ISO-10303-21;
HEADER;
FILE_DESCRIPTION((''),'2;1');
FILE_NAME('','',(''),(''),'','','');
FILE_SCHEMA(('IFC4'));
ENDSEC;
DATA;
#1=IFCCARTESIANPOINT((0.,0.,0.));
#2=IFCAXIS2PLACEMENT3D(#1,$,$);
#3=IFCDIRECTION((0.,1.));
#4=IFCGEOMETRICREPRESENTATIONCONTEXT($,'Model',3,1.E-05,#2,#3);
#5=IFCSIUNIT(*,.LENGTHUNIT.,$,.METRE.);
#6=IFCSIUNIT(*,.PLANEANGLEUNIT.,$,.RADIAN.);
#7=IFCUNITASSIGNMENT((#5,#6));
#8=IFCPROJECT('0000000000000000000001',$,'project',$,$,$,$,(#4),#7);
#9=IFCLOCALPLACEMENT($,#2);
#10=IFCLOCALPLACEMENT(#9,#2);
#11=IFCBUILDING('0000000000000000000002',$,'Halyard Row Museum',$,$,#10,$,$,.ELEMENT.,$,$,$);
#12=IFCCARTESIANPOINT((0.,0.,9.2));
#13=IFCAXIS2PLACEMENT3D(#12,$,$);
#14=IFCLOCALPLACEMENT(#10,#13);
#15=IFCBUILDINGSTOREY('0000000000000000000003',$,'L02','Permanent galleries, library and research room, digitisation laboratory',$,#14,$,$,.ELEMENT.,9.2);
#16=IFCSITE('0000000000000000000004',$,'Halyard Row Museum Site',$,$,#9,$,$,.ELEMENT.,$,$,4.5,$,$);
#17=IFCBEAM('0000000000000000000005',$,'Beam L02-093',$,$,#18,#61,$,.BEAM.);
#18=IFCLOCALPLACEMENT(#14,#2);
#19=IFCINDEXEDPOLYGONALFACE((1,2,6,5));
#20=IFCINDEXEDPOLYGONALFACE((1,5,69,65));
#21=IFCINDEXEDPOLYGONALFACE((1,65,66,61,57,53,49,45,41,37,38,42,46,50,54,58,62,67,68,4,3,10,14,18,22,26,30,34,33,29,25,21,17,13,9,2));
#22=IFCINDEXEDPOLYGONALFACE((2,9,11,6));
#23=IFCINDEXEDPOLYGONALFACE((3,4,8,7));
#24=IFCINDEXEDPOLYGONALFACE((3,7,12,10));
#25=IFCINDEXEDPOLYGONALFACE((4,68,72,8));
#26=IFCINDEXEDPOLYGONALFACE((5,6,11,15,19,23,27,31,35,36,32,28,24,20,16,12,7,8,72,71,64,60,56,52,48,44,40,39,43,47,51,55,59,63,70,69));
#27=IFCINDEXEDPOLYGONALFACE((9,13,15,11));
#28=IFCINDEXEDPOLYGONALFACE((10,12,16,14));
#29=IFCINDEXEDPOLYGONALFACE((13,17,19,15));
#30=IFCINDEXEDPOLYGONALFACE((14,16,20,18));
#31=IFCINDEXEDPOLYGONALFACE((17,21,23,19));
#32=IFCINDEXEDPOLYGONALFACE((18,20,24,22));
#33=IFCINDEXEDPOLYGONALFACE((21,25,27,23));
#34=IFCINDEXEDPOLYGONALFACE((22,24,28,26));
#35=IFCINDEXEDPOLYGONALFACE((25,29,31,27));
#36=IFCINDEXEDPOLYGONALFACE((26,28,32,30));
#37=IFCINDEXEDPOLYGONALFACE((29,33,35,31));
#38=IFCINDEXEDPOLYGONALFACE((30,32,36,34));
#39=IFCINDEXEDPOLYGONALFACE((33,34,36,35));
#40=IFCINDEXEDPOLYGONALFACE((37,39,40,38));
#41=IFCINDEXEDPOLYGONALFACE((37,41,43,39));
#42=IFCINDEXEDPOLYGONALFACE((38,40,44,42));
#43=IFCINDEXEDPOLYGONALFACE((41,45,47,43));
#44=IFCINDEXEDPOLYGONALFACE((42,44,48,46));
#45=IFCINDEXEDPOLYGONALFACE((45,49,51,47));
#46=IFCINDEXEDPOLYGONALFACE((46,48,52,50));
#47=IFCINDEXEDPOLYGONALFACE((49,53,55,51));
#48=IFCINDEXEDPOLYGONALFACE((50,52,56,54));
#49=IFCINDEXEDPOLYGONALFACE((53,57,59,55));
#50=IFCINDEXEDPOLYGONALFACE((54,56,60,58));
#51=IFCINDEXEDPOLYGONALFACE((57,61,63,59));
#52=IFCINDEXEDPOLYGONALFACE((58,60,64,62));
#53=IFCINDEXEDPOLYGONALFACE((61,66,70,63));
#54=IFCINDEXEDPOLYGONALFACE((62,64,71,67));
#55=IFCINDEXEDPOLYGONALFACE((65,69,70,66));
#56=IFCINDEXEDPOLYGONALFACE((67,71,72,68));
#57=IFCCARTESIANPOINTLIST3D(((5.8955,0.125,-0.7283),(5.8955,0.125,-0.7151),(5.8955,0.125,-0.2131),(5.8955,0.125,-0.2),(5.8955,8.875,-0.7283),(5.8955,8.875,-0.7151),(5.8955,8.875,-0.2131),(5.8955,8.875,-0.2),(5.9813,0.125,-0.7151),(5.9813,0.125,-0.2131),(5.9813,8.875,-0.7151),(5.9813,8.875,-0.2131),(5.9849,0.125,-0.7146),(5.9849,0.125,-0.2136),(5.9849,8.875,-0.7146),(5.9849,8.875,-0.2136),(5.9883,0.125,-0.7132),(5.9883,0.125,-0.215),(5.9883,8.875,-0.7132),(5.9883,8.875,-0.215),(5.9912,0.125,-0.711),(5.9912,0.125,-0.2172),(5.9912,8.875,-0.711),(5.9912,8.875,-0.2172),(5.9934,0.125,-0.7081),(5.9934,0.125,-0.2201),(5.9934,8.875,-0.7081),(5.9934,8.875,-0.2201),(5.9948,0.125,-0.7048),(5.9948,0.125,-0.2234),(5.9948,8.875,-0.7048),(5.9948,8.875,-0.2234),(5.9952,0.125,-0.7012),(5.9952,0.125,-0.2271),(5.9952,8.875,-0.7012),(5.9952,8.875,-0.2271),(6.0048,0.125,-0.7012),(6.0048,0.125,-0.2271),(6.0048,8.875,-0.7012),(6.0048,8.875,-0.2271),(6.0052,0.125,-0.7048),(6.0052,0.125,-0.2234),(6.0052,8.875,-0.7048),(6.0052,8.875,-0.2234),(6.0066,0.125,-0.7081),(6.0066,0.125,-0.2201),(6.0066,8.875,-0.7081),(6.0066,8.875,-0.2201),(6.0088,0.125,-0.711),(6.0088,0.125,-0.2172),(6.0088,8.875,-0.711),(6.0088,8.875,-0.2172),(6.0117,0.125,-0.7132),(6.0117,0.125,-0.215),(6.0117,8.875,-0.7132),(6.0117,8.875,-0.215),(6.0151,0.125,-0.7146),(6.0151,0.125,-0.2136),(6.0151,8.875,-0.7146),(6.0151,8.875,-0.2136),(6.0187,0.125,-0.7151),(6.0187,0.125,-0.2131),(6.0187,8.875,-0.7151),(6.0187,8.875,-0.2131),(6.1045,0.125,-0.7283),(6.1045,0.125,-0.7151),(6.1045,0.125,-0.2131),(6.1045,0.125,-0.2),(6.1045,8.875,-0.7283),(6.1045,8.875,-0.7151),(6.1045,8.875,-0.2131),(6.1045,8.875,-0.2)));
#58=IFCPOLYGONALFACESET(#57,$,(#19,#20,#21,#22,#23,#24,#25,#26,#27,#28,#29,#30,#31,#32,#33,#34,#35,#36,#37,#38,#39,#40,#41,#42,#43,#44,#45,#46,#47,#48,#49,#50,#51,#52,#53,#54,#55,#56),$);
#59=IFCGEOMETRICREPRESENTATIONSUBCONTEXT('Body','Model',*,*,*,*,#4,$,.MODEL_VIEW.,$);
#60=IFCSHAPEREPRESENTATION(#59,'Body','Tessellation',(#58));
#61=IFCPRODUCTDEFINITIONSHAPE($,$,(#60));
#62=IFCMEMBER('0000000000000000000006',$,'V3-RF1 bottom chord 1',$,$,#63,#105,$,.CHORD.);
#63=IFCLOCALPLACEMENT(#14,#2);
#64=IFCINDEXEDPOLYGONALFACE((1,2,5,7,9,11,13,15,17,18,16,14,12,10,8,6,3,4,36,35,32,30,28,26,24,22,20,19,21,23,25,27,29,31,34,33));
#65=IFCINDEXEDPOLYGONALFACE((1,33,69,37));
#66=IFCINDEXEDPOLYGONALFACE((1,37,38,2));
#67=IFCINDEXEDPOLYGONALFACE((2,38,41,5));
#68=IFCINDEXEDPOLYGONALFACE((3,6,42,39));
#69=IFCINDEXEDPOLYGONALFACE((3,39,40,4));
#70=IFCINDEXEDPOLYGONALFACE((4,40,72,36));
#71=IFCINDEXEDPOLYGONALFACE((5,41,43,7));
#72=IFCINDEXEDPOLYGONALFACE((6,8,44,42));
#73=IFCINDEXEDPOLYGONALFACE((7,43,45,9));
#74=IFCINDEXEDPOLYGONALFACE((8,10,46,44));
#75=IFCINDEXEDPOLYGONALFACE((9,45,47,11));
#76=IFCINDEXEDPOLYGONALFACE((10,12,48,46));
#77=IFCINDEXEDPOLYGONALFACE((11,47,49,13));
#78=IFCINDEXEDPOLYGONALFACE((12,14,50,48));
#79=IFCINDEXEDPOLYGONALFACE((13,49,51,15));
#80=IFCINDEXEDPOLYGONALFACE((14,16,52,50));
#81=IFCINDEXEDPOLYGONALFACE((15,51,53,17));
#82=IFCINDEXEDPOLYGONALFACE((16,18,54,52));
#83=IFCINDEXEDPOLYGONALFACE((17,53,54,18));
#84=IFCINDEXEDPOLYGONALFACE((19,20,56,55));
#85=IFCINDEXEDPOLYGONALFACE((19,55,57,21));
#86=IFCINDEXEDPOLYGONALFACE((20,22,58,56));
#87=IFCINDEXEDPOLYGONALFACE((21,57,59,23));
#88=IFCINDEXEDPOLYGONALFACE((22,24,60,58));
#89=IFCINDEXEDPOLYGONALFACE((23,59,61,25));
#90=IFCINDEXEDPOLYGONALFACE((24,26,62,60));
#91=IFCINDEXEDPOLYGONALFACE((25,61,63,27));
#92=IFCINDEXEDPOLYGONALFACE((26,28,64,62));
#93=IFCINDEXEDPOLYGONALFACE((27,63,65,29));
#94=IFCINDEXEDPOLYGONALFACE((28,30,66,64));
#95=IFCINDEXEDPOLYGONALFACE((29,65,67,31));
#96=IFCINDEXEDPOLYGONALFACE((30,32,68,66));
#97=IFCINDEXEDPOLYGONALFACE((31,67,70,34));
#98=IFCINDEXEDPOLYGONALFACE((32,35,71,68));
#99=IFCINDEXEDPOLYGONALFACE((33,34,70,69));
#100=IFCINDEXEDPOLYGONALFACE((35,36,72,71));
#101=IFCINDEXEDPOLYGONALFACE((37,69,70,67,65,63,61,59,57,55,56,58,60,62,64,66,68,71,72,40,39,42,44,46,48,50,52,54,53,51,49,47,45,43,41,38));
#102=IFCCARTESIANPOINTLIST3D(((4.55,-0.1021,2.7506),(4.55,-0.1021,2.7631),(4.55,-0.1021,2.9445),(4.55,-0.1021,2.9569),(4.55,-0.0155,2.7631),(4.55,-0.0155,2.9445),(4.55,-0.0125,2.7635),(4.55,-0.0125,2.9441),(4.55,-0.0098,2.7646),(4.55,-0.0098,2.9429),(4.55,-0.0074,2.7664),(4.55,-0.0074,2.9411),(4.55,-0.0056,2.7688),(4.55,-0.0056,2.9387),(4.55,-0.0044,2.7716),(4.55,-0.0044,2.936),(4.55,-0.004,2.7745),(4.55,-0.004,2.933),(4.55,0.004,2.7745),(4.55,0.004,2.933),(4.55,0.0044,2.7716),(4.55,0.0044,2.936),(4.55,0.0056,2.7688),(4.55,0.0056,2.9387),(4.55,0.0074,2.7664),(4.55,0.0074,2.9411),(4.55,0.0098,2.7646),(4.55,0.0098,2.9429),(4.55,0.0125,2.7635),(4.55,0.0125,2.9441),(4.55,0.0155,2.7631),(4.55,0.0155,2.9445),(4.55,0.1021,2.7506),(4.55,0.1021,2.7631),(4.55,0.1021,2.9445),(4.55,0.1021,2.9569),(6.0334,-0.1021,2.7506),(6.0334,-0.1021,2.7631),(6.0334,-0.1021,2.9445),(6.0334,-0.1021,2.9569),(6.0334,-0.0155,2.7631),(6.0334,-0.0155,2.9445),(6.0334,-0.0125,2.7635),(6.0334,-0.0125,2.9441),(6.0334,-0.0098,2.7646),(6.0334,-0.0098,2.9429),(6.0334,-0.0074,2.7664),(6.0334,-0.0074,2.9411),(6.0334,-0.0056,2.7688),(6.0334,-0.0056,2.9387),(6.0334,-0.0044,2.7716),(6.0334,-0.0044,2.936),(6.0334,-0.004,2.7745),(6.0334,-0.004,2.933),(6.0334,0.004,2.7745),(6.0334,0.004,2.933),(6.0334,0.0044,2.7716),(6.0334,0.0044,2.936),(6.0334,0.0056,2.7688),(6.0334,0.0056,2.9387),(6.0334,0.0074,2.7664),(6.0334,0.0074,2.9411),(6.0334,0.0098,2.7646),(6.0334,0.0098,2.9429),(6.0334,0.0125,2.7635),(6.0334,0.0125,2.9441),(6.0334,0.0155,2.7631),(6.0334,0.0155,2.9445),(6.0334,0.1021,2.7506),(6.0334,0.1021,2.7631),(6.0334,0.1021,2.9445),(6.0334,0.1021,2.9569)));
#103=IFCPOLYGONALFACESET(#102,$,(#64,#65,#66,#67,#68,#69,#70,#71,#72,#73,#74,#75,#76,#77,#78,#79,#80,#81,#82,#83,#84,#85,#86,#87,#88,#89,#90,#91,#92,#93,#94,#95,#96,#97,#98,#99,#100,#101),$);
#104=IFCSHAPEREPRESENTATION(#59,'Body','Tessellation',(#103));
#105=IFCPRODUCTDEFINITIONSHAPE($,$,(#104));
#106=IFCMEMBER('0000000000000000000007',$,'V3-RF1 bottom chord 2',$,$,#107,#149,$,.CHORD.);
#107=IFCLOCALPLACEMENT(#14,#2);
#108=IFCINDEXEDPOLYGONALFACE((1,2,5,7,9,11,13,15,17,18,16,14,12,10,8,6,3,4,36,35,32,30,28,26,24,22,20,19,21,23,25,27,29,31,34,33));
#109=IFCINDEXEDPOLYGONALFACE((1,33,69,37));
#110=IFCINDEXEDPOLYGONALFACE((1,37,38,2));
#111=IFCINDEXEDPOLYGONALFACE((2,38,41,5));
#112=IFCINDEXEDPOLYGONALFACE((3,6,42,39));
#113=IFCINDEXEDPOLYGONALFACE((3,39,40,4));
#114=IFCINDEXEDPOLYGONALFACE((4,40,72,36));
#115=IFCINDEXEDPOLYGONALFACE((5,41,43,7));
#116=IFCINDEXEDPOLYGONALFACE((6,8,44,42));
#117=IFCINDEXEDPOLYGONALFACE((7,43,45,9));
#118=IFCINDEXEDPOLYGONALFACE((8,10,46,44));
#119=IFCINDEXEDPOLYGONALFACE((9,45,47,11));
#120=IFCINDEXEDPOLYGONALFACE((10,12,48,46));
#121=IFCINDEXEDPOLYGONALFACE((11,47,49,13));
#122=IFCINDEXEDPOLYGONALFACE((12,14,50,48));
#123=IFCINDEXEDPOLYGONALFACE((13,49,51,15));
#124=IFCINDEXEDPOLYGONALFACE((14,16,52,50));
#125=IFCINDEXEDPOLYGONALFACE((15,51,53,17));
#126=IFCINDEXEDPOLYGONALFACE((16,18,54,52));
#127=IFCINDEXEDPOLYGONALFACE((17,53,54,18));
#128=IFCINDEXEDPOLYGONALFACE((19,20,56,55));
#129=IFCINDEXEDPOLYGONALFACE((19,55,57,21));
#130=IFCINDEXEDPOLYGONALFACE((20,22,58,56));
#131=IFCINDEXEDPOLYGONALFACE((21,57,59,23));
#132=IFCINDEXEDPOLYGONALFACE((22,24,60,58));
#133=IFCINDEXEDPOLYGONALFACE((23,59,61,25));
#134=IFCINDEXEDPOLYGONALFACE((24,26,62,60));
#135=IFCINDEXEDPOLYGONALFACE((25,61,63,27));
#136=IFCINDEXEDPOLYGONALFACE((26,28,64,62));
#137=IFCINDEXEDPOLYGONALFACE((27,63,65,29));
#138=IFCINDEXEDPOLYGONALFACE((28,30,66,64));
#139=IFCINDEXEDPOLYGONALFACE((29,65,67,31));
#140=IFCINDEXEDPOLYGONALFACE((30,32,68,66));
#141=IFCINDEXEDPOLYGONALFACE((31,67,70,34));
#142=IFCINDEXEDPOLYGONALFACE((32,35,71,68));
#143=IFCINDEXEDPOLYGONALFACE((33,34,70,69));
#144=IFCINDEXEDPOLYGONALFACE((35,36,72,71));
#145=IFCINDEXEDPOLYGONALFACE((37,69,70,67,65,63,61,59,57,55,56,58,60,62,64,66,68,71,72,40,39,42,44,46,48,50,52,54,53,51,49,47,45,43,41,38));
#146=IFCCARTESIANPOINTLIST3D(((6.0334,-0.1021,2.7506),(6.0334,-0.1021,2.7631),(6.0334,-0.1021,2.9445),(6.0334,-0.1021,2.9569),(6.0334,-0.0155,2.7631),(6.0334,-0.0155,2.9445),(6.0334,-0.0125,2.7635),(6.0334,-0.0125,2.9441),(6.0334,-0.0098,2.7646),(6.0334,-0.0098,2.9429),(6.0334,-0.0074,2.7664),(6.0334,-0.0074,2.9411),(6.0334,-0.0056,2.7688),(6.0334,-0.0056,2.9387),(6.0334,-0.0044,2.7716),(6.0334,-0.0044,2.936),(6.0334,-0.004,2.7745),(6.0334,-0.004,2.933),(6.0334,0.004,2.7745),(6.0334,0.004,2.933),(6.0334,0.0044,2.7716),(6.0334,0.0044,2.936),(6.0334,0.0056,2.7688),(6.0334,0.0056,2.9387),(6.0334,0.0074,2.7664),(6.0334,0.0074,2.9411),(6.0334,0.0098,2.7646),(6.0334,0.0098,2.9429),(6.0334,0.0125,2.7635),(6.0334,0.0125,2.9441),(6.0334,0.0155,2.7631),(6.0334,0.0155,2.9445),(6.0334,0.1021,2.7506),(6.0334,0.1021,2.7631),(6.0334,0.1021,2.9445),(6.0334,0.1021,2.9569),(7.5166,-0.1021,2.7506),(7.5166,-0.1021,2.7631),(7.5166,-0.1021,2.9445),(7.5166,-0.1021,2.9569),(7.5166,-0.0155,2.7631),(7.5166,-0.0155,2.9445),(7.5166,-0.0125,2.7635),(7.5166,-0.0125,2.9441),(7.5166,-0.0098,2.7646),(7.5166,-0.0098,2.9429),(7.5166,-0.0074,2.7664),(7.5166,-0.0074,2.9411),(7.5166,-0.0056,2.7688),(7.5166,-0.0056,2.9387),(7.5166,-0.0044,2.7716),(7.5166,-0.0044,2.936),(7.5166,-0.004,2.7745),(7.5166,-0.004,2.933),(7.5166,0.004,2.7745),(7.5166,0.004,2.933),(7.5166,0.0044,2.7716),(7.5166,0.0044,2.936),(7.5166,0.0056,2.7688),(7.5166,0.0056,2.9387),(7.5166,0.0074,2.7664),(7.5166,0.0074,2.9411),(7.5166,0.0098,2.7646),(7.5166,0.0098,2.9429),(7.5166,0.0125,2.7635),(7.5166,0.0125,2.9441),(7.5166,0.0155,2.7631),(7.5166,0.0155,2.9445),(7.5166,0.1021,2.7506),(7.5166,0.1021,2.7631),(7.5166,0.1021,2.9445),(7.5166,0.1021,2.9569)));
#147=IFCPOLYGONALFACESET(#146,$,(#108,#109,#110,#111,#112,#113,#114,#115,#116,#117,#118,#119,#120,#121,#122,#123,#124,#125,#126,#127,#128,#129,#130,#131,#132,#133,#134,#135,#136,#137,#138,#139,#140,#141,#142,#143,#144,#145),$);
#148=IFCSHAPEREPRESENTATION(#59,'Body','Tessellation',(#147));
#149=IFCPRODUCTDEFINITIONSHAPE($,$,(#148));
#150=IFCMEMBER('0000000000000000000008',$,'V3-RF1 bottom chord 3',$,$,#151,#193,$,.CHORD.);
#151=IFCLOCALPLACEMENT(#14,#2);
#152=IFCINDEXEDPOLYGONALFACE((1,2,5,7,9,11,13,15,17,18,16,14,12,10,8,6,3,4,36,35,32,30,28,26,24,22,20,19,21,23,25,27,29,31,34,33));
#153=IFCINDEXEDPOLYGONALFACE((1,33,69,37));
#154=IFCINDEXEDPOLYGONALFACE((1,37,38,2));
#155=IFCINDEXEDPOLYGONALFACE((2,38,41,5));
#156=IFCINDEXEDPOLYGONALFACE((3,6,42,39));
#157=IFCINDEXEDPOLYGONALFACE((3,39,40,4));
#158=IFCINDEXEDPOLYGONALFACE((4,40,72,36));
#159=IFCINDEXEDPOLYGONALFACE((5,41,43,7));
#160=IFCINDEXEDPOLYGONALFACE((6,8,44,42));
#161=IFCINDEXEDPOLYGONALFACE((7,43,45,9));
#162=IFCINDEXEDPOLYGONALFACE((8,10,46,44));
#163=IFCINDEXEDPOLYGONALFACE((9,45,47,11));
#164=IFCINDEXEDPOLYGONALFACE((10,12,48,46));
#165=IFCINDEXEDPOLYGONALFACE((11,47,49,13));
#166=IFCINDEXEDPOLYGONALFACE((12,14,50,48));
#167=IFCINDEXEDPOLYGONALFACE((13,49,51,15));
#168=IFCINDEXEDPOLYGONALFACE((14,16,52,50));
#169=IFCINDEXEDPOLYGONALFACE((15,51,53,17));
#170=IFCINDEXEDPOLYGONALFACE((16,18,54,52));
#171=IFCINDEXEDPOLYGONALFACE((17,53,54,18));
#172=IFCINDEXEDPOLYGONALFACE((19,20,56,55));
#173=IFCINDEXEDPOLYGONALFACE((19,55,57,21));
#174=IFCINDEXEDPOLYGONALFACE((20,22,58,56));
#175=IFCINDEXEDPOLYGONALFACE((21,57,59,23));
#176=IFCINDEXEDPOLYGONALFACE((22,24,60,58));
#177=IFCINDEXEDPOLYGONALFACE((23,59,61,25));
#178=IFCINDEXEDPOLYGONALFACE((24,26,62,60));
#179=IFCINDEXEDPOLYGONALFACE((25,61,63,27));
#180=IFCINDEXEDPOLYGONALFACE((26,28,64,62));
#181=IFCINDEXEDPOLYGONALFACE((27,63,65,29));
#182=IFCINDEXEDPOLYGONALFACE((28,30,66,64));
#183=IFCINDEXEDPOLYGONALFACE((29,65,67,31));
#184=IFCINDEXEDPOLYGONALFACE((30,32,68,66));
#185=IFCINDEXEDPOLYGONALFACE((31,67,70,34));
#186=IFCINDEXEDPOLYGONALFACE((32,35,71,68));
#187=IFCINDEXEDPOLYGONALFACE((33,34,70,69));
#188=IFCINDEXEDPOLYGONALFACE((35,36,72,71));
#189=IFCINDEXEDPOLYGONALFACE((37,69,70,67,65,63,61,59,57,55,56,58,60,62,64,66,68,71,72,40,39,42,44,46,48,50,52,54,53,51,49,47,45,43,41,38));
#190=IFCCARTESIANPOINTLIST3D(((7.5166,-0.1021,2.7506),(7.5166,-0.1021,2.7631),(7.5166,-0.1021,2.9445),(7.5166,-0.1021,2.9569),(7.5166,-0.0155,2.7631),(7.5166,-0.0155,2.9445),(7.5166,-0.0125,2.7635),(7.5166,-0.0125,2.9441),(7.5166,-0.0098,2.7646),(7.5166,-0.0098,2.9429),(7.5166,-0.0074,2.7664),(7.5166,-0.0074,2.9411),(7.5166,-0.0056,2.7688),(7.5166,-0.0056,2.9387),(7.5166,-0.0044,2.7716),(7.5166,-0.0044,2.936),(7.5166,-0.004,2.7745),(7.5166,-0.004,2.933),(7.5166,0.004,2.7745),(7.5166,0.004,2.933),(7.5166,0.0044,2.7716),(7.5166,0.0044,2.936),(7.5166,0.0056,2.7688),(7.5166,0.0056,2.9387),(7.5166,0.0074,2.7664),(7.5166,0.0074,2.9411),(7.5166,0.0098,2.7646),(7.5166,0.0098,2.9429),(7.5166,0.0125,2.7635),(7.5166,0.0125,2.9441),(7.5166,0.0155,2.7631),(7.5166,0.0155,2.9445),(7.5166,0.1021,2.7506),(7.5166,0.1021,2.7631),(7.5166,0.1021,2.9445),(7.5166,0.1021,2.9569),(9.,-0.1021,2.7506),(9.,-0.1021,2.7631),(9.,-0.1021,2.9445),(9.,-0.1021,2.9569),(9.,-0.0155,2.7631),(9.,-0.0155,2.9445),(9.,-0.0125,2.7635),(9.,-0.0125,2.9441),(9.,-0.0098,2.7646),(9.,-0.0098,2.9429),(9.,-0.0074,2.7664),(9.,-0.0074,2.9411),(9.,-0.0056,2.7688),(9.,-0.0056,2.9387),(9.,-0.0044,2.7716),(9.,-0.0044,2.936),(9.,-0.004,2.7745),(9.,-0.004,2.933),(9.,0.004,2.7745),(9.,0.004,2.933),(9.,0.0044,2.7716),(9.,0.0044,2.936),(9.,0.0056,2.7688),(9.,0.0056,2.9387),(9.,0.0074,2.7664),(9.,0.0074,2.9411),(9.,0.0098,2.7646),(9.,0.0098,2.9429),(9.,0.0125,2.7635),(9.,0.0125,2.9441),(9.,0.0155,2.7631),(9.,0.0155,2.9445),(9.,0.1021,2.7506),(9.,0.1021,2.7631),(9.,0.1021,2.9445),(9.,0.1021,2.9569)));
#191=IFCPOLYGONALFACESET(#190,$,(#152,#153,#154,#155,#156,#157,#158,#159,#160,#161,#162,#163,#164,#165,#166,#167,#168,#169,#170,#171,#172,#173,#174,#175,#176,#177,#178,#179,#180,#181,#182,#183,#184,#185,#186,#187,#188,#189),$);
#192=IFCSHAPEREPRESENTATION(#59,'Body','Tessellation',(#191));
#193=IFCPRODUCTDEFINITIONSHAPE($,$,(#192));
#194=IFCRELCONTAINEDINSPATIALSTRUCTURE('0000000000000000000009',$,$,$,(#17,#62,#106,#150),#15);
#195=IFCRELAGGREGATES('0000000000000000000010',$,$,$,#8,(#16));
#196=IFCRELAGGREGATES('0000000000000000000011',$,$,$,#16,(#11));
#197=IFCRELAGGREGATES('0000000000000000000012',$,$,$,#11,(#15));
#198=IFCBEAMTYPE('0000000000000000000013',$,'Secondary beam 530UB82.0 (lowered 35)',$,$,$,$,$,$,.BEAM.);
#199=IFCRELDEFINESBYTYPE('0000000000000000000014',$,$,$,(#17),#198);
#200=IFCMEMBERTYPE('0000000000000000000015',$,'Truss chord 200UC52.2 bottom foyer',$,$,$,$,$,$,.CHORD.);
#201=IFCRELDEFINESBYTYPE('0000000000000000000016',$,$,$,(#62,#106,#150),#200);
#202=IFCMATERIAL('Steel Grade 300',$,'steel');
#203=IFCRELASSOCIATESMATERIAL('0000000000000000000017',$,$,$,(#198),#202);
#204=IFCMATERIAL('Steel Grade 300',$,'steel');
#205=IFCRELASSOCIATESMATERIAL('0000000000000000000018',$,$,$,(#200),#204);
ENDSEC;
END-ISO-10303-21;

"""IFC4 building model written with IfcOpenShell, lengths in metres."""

from ifc_helpers import new_model, si_unit, direction, frame, origin, origin_2d, place, context, subcontext, project, spatial, i_section, extrude, material, material_profile, profile_set, type_object, element, save


model = new_model("IFC4")

# Units and contexts
model_context = context("Model", 3, precision=1e-05, world=origin(), true_north=direction((0.0, 1.0)))
body_context = subcontext(model_context, "Body", "Model", "MODEL_VIEW")
ifc_project = project(units=[si_unit("LENGTHUNIT", "METRE"), si_unit("PLANEANGLEUNIT", "RADIAN")], contexts=[model_context])

# Site, building, storey
site_placement = place(None, origin())
site = spatial("IfcSite", under=ifc_project, at=site_placement, Name="Halyard Row Museum Site", CompositionType="ELEMENT", RefElevation=4.5)
building_placement = place(site_placement, origin())
building = spatial("IfcBuilding", under=site, at=building_placement, Name="Halyard Row Museum", CompositionType="ELEMENT")
storey_placement = place(building_placement, frame((0.0, 0.0, 9.2)))
storey = spatial("IfcBuildingStorey", under=building, at=storey_placement, Name="L02", Description="Permanent galleries, library and research room, digitisation laboratory", CompositionType="ELEMENT", Elevation=9.2)

# Beam
ifc_material_1 = material(Name="Steel Grade 300", Category="steel")
ifc_material_profile_1 = material_profile(ifc_material_1, i_section(OverallWidth=0.209, OverallDepth=0.5283, WebThickness=0.0095, FlangeThickness=0.0132, FilletRadius=0.0139, at=origin_2d()), Name="530UB82.0")
ifc_profile_set_1 = profile_set([ifc_material_profile_1], Name="Steel Grade 300")
beam_type_1 = type_object("IfcBeamType", Name="Secondary beam 530UB82.0 (lowered 35)", PredefinedType="BEAM", material=ifc_profile_set_1)
beam_1_placement = place(storey_placement, frame((6.0, 0.125, -0.4641), z_axis=(0.0, 1.0, 0.0), x_axis=(-1.0, 0.0, 0.0)))
element("IfcBeam", 1, at=beam_1_placement, inside=storey, type_object=beam_type_1, Name="Beam L02-093", PredefinedType="BEAM", context=body_context, shape_type="SweptSolid", body=[
    extrude(i_section(OverallWidth=0.209, OverallDepth=0.5283, WebThickness=0.0095, FlangeThickness=0.0132, FilletRadius=0.0139, at=origin_2d()), origin(), (0.0, 0.0, 1.0), 8.75),
])

# Members
ifc_material_2 = material(Name="Steel Grade 300", Category="steel")
ifc_material_profile_2 = material_profile(ifc_material_2, i_section(OverallWidth=0.2041, OverallDepth=0.2063, WebThickness=0.0081, FlangeThickness=0.0125, FilletRadius=0.0115, at=origin_2d()), Name="200UC52.2")
ifc_profile_set_2 = profile_set([ifc_material_profile_2], Name="Steel Grade 300")
member_type_1 = type_object("IfcMemberType", Name="Truss chord 200UC52.2 bottom foyer", PredefinedType="CHORD", material=ifc_profile_set_2)
member_1_placement = place(storey_placement, frame((4.55, 0.0, 2.8538), z_axis=(1.0, 0.0, 0.0), x_axis=(0.0, 1.0, 0.0)))
element("IfcMember", 2, at=member_1_placement, inside=storey, type_object=member_type_1, Name="V3-RF1 bottom chord 1", PredefinedType="CHORD", context=body_context, shape_type="SweptSolid", body=[
    extrude(i_section(OverallWidth=0.2041, OverallDepth=0.2063, WebThickness=0.0081, FlangeThickness=0.0125, FilletRadius=0.0115, at=origin_2d()), origin(), (0.0, 0.0, 1.0), 1.4834),
])
member_2_placement = place(storey_placement, frame((6.0334, 0.0, 2.8538), z_axis=(1.0, 0.0, 0.0), x_axis=(0.0, 1.0, 0.0)))
element("IfcMember", 3, at=member_2_placement, inside=storey, type_object=member_type_1, Name="V3-RF1 bottom chord 2", PredefinedType="CHORD", context=body_context, shape_type="SweptSolid", body=[
    extrude(i_section(OverallWidth=0.2041, OverallDepth=0.2063, WebThickness=0.0081, FlangeThickness=0.0125, FilletRadius=0.0115, at=origin_2d()), origin(), (0.0, 0.0, 1.0), 1.4832),
])
member_3_placement = place(storey_placement, frame((7.5166, 0.0, 2.8538), z_axis=(1.0, 0.0, 0.0), x_axis=(0.0, 1.0, 0.0)))
element("IfcMember", 4, at=member_3_placement, inside=storey, type_object=member_type_1, Name="V3-RF1 bottom chord 3", PredefinedType="CHORD", context=body_context, shape_type="SweptSolid", body=[
    extrude(i_section(OverallWidth=0.2041, OverallDepth=0.2063, WebThickness=0.0081, FlangeThickness=0.0125, FilletRadius=0.0115, at=origin_2d()), origin(), (0.0, 0.0, 1.0), 1.4834),
])

save(model, "model.ifc")
